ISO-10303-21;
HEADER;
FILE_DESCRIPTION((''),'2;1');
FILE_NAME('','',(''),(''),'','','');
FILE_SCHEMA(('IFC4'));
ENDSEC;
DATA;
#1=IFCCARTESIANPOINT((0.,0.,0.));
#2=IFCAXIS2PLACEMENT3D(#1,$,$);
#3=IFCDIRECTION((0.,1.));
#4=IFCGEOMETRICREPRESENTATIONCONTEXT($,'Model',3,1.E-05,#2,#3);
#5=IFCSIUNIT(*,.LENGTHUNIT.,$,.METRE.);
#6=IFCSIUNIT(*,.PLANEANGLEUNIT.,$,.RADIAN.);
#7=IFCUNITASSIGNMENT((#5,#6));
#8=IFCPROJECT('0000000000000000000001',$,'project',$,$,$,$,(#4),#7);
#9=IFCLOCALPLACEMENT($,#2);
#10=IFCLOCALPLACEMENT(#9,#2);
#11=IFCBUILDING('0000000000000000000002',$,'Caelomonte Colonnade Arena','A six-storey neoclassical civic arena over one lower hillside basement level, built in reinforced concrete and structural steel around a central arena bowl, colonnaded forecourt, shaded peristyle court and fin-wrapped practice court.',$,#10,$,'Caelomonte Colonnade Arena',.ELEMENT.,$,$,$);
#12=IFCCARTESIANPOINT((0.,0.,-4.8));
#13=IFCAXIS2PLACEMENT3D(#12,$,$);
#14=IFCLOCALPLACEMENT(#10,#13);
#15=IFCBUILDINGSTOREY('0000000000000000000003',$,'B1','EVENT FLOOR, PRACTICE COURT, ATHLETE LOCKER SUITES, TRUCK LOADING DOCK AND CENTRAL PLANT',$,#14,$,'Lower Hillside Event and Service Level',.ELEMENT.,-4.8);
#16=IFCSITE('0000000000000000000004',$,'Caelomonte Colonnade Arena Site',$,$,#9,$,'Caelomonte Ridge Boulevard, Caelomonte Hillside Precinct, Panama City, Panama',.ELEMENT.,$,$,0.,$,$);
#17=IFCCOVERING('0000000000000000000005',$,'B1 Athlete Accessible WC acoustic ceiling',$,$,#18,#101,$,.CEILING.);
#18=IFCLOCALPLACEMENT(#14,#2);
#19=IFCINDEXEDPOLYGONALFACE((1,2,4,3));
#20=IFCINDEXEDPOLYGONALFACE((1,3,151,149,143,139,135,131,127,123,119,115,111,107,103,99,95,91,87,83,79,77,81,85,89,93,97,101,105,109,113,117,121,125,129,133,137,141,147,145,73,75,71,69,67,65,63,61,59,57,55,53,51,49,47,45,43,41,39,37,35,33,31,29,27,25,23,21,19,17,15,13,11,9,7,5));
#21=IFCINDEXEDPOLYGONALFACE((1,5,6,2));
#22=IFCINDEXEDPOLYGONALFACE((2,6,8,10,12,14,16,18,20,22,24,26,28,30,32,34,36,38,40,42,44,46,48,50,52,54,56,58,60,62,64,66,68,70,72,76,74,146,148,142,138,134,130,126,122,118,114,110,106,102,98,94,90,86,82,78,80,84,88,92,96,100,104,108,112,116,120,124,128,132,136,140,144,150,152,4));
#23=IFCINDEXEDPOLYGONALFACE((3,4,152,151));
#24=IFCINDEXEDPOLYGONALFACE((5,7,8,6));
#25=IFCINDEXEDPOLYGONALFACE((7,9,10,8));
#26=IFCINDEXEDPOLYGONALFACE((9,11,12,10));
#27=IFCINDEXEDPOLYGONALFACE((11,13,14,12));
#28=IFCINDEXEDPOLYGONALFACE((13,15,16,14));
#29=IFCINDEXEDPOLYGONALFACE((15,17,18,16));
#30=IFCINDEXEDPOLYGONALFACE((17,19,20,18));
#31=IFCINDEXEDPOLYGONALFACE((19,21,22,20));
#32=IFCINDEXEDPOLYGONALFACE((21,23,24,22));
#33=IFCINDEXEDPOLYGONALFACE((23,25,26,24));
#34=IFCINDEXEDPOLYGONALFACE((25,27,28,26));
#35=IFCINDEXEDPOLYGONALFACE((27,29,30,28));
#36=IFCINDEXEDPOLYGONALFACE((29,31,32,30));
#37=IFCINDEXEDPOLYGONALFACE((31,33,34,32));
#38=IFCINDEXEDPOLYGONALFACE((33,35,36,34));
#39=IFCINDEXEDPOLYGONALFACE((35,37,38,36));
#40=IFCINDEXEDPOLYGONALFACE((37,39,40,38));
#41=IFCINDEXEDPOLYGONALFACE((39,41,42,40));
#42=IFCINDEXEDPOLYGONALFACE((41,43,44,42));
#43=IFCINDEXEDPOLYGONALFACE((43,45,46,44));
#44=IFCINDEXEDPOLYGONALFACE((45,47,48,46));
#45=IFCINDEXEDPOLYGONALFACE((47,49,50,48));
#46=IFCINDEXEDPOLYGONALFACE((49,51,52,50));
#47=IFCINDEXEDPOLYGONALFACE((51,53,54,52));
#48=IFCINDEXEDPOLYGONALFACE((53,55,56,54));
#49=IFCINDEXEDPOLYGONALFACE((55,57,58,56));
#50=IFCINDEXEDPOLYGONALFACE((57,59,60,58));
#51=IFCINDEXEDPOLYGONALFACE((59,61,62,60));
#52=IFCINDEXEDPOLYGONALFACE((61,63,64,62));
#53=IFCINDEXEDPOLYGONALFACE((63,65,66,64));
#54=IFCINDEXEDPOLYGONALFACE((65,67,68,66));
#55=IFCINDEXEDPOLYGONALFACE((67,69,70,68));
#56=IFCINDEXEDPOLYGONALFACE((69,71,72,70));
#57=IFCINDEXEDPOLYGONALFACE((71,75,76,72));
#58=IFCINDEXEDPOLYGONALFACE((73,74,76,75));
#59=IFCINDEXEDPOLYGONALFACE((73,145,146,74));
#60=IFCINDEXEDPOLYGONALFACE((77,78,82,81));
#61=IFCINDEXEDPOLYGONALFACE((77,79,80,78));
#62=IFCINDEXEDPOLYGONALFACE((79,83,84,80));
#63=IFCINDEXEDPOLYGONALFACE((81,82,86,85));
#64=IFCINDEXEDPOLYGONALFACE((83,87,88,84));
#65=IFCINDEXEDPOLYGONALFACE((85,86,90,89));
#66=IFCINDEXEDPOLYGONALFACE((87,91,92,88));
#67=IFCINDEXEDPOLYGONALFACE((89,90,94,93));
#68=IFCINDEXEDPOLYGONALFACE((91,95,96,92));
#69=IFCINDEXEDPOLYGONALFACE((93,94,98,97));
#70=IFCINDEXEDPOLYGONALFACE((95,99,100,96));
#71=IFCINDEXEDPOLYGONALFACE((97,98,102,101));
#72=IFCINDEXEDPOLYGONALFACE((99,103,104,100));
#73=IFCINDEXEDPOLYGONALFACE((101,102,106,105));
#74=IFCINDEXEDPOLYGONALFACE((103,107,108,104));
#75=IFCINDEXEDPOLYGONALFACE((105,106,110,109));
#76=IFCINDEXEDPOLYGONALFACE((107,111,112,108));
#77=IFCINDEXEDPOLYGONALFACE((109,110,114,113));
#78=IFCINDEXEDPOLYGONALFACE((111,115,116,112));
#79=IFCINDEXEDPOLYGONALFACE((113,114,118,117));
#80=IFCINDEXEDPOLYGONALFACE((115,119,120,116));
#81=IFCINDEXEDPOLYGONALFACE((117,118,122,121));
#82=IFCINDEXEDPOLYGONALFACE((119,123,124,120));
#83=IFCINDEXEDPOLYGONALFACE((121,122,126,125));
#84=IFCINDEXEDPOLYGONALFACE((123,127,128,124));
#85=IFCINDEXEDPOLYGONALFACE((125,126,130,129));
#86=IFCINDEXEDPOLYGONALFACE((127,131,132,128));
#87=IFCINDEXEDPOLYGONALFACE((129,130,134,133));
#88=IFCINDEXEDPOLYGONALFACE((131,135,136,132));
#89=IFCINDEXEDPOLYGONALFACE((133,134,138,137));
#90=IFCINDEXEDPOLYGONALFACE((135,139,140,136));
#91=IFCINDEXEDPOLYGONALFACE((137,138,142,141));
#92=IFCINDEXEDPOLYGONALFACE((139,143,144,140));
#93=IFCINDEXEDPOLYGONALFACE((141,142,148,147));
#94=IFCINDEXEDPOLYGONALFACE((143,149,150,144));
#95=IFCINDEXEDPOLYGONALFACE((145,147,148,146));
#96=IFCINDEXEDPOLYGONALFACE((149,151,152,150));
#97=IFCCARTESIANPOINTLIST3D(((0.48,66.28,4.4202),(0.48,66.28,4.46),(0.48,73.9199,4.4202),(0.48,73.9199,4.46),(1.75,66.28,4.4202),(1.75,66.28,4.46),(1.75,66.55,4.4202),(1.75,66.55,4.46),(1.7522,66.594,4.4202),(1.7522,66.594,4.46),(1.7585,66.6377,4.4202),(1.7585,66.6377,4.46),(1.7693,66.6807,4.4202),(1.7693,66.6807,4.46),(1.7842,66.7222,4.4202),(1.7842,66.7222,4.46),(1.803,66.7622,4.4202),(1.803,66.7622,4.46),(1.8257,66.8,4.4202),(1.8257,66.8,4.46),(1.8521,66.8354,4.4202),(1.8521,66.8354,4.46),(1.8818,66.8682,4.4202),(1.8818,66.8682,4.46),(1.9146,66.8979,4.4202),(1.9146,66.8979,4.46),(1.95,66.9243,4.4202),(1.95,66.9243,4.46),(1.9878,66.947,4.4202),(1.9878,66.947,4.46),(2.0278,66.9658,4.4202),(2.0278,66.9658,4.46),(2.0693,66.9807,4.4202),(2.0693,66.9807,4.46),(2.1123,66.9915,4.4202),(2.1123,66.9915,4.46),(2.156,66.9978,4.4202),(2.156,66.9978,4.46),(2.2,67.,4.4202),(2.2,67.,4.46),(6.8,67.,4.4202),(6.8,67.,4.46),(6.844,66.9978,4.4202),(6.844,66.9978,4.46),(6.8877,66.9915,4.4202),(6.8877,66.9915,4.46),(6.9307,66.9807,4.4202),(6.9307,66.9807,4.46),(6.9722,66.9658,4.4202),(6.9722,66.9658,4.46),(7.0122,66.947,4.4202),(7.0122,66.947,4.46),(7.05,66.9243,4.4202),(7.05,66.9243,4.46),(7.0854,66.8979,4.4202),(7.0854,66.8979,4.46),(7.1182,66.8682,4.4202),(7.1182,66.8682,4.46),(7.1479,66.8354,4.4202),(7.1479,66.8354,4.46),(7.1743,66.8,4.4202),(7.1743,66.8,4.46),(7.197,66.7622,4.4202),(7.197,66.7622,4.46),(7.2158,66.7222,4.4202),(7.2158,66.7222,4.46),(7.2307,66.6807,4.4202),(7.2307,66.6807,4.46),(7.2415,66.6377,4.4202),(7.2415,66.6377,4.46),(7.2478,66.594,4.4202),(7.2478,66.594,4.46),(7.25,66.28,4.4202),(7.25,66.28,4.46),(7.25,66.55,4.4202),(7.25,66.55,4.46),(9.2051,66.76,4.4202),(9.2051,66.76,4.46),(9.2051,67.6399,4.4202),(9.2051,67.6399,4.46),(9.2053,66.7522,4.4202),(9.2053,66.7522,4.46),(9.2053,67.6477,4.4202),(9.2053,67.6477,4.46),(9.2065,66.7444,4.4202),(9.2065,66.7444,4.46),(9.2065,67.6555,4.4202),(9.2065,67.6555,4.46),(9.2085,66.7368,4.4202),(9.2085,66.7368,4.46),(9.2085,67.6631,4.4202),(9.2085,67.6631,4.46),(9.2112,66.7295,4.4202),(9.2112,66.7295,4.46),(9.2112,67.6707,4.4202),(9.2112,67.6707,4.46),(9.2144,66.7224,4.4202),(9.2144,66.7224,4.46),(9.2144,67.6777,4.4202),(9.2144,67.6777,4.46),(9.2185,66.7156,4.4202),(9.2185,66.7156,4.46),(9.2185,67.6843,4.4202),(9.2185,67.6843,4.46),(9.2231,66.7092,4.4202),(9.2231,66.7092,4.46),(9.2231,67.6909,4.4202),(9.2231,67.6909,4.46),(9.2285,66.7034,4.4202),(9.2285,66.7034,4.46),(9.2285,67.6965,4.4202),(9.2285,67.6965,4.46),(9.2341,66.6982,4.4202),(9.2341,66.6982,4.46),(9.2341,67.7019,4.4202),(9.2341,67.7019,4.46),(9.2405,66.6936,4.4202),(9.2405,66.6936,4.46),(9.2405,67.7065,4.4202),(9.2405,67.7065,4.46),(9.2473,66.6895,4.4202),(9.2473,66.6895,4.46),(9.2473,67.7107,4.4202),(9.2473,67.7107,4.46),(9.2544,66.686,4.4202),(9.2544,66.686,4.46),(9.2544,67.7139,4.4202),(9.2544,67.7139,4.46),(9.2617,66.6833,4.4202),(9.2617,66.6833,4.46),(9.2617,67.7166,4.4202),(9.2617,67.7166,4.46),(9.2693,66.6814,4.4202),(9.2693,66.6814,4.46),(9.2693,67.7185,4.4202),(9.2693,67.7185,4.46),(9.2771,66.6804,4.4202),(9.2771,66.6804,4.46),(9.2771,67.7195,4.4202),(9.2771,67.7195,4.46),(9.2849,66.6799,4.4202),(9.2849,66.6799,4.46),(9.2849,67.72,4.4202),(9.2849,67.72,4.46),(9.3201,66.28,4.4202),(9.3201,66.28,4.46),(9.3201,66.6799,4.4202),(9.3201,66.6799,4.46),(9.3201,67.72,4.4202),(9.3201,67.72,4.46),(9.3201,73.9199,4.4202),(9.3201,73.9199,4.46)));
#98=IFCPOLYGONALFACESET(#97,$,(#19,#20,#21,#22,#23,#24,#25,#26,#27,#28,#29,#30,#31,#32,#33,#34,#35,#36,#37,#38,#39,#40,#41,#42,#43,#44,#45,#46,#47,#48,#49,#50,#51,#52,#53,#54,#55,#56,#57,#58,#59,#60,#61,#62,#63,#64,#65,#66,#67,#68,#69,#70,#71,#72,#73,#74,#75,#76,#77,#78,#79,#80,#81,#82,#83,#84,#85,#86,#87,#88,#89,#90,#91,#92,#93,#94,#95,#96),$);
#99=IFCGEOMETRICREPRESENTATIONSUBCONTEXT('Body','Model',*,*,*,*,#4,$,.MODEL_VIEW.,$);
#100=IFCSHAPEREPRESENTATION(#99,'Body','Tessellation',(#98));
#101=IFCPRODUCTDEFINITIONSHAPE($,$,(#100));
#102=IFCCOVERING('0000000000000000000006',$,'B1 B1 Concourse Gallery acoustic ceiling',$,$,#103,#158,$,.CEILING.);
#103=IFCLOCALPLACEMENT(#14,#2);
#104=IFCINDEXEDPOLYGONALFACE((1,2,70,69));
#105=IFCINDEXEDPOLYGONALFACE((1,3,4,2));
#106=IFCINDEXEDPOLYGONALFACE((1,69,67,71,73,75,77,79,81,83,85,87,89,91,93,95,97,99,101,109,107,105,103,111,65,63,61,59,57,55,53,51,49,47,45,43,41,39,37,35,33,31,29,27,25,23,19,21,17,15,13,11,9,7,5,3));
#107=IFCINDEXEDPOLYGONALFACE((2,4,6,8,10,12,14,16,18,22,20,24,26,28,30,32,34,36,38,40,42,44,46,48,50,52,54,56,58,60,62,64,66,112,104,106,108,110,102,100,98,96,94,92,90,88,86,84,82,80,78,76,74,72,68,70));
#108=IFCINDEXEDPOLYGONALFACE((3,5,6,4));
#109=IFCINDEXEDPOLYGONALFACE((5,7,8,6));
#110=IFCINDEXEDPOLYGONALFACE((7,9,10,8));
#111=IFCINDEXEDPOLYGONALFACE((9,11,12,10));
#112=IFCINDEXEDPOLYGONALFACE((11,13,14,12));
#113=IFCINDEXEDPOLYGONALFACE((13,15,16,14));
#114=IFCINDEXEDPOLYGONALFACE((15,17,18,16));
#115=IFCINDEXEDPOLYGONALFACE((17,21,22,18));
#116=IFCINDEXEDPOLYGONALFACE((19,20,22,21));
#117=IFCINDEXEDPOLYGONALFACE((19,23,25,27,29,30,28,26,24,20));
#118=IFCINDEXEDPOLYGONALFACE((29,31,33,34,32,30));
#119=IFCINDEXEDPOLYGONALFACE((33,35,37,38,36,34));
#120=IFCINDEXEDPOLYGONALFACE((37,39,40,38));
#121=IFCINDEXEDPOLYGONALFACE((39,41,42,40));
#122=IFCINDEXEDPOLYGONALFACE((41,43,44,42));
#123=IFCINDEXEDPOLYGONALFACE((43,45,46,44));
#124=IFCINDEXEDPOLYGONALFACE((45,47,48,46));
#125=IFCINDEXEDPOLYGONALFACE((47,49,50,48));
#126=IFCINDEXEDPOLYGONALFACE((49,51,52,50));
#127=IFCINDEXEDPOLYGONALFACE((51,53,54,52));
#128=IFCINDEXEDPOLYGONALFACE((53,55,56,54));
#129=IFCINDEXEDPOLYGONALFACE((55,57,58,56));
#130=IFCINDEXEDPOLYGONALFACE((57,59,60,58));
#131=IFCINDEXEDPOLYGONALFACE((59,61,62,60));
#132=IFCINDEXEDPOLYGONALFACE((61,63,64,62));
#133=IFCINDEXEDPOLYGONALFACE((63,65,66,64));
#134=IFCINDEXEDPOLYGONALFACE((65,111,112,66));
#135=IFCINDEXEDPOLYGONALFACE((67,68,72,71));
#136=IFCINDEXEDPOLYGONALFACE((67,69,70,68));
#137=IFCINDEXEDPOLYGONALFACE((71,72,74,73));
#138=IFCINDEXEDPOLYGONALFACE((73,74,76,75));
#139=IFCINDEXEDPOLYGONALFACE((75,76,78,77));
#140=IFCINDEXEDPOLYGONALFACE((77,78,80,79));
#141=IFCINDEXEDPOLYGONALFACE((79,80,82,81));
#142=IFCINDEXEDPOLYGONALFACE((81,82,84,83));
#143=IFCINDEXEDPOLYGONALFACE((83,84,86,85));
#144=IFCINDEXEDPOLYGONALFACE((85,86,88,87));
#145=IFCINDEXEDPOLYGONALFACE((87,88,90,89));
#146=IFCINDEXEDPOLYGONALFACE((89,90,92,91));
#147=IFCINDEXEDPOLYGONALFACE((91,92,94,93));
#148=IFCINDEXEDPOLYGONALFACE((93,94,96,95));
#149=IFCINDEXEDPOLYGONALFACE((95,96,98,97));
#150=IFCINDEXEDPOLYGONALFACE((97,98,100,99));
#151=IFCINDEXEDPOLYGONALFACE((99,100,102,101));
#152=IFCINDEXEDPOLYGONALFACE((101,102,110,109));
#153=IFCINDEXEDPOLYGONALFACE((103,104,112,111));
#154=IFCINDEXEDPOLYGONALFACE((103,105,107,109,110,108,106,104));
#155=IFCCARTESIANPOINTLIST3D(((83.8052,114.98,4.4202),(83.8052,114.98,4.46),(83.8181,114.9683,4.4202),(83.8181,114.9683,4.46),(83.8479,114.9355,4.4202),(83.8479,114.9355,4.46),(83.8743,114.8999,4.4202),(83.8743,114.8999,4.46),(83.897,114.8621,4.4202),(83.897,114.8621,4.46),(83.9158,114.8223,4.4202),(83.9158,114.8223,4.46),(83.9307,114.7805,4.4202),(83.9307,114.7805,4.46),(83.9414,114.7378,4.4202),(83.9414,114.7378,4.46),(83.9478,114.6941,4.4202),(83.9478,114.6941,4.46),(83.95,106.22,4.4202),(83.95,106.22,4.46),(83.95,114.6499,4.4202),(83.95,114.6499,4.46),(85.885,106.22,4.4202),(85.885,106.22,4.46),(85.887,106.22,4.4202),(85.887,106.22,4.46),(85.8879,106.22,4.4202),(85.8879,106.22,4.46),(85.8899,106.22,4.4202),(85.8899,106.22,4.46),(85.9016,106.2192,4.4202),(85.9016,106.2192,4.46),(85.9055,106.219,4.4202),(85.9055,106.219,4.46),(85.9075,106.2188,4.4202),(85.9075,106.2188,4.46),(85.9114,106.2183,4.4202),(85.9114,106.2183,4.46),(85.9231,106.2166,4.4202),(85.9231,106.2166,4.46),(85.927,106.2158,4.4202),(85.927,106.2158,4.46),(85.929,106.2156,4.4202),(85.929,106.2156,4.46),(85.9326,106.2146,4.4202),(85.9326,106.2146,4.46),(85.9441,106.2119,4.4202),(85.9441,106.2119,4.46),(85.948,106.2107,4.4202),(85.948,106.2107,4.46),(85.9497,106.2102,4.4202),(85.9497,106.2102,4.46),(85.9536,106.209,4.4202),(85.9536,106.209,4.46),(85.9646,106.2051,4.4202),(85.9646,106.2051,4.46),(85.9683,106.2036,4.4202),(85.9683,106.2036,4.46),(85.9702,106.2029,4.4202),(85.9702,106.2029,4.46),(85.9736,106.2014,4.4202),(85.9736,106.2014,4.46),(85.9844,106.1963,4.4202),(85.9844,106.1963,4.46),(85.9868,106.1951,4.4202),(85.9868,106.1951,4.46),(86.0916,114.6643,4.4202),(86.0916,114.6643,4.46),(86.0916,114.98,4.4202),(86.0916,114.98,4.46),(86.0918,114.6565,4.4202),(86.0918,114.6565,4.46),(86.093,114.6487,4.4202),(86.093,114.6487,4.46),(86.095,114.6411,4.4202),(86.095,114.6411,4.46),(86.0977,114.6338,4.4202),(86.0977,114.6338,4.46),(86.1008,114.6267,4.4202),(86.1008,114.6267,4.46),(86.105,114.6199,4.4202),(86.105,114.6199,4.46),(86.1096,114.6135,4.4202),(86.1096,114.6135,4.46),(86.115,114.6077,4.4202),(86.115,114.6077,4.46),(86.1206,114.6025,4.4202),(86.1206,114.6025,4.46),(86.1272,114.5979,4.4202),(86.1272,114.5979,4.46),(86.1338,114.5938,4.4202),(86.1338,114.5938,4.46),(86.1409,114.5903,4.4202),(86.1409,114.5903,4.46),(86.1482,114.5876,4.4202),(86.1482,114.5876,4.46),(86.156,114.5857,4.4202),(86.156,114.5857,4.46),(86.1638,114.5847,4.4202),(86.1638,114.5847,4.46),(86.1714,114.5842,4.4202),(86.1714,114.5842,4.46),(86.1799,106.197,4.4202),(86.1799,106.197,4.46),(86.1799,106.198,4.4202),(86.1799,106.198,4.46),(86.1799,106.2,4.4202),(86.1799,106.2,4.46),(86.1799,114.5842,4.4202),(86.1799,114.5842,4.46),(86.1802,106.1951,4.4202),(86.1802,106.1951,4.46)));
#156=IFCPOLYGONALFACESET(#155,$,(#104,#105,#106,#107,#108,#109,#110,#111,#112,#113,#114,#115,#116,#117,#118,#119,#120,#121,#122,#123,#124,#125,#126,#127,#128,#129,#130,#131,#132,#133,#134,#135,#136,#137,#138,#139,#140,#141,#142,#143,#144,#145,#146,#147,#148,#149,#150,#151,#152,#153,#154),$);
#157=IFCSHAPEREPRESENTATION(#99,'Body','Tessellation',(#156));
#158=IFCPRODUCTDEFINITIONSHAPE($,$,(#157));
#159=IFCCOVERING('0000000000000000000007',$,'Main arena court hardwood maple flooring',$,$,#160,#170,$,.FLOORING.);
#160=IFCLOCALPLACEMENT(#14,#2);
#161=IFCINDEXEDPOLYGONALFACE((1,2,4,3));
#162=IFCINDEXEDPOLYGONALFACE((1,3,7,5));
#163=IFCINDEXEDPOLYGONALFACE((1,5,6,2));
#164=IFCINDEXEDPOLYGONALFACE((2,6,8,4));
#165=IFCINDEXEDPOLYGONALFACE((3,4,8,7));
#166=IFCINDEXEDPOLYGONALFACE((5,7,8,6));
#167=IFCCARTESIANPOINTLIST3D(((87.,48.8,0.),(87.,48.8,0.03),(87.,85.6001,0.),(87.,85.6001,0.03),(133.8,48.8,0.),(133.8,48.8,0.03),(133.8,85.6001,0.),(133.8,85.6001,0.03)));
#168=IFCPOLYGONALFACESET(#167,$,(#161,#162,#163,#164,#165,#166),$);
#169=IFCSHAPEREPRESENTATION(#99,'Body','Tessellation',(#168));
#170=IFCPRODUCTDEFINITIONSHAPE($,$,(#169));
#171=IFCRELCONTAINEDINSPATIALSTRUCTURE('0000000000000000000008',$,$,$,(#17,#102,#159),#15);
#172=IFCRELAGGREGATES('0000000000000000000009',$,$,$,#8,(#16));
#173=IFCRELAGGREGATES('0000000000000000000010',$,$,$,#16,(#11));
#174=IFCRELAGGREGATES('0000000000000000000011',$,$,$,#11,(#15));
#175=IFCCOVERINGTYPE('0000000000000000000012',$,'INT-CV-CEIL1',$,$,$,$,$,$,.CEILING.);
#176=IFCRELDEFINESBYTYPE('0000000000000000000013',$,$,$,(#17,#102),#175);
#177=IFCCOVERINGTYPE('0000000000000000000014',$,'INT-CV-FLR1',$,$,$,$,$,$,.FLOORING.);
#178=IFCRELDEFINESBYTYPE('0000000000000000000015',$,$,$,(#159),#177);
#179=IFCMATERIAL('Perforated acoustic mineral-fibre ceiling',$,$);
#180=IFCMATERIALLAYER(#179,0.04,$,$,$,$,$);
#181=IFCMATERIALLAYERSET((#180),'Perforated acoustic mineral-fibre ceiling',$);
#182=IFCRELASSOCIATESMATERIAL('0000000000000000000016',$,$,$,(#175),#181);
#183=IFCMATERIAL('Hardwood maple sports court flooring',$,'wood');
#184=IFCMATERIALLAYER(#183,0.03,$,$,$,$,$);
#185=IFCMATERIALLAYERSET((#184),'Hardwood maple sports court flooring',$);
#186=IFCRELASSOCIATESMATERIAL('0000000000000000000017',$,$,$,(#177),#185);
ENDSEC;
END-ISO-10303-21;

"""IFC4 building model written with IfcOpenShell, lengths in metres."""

from ifc_helpers import new_model, si_unit, direction, frame, origin, place, context, subcontext, project, spatial, polyline, outline, extrude, material, layer, layer_set, type_object, element, save


model = new_model("IFC4")

# Units and contexts
model_context = context("Model", 3, precision=1e-05, world=origin(), true_north=direction((0.0, 1.0)))
body_context = subcontext(model_context, "Body", "Model", "MODEL_VIEW")
ifc_project = project(units=[si_unit("LENGTHUNIT", "METRE"), si_unit("PLANEANGLEUNIT", "RADIAN")], contexts=[model_context])

# Site, building, storey
site_placement = place(None, origin())
site = spatial("IfcSite", under=ifc_project, at=site_placement, Name="Caelomonte Colonnade Arena Site", LongName="Caelomonte Ridge Boulevard, Caelomonte Hillside Precinct, Panama City, Panama", CompositionType="ELEMENT", RefElevation=0.0)
building_placement = place(site_placement, origin())
building = spatial("IfcBuilding", under=site, at=building_placement, Name="Caelomonte Colonnade Arena", Description="A six-storey neoclassical civic arena over one lower hillside basement level, built in reinforced concrete and structural steel around a central arena bowl, colonnaded forecourt, shaded peristyle court and fin-wrapped practice court.", LongName="Caelomonte Colonnade Arena", CompositionType="ELEMENT")
storey_placement = place(building_placement, frame((0.0, 0.0, -4.8)))
storey = spatial("IfcBuildingStorey", under=building, at=storey_placement, Name="B1", Description="EVENT FLOOR, PRACTICE COURT, ATHLETE LOCKER SUITES, TRUCK LOADING DOCK AND CENTRAL PLANT", LongName="Lower Hillside Event and Service Level", CompositionType="ELEMENT", Elevation=-4.8)

# Coverings
ifc_material_1 = material(Name="Perforated acoustic mineral-fibre ceiling")
ifc_layer_1 = layer(ifc_material_1, 0.04)
ifc_layer_set_1 = layer_set([ifc_layer_1], Name="Perforated acoustic mineral-fibre ceiling")
covering_type_1 = type_object("IfcCoveringType", Name="INT-CV-CEIL1", PredefinedType="CEILING", material=ifc_layer_set_1)
covering_1_placement = place(storey_placement, frame((0.0, 0.0, 4.4202)))
element("IfcCovering", 1, at=covering_1_placement, inside=storey, type_object=covering_type_1, Name="B1 Athlete Accessible WC acoustic ceiling", PredefinedType="CEILING", context=body_context, shape_type="SweptSolid", body=[
    extrude(outline(polyline([(0.48, 66.28), (1.75, 66.28), (1.75, 66.55), (1.7522, 66.594), (1.7585, 66.6377), (1.7693, 66.6807), (1.7842, 66.7222), (1.803, 66.7622), (1.8257, 66.8), (1.8521, 66.8354), (1.8818, 66.8682), (1.9146, 66.8979), (1.95, 66.9243), (1.9878, 66.947), (2.0278, 66.9658), (2.0693, 66.9807), (2.1123, 66.9915), (2.156, 66.9978), (2.2, 67.0), (6.8, 67.0), (6.844, 66.9978), (6.8877, 66.9915), (6.9307, 66.9807), (6.9722, 66.9658), (7.0122, 66.947), (7.05, 66.9243), (7.0854, 66.8979), (7.1182, 66.8682), (7.1479, 66.8354), (7.1743, 66.8), (7.197, 66.7622), (7.2158, 66.7222), (7.2307, 66.6807), (7.2415, 66.6377), (7.2478, 66.594), (7.25, 66.55), (7.25, 66.28), (9.3201, 66.28), (9.3201, 66.6799), (9.2849, 66.6799), (9.2771, 66.6804), (9.2693, 66.6814), (9.2617, 66.6833), (9.2544, 66.686), (9.2473, 66.6895), (9.2405, 66.6936), (9.2341, 66.6982), (9.2285, 66.7034), (9.2231, 66.7092), (9.2185, 66.7156), (9.2144, 66.7224), (9.2112, 66.7295), (9.2085, 66.7368), (9.2065, 66.7444), (9.2053, 66.7522), (9.2051, 66.76), (9.2051, 67.6399), (9.2053, 67.6477), (9.2065, 67.6555), (9.2085, 67.6631), (9.2112, 67.6707), (9.2144, 67.6777), (9.2185, 67.6843), (9.2231, 67.6909), (9.2285, 67.6965), (9.2341, 67.7019), (9.2405, 67.7065), (9.2473, 67.7107), (9.2544, 67.7139), (9.2617, 67.7166), (9.2693, 67.7185), (9.2771, 67.7195), (9.2849, 67.72), (9.3201, 67.72), (9.3201, 73.9199), (0.48, 73.9199), (0.48, 66.28)])), origin(), (0.0, 0.0, 1.0), 0.0398),
])
covering_2_placement = place(storey_placement, frame((0.0, 0.0, 4.4202)))
element("IfcCovering", 2, at=covering_2_placement, inside=storey, type_object=covering_type_1, Name="B1 B1 Concourse Gallery acoustic ceiling", PredefinedType="CEILING", context=body_context, shape_type="SweptSolid", body=[
    extrude(outline(polyline([(86.0916, 114.98), (83.8052, 114.98), (83.8181, 114.9683), (83.8479, 114.9355), (83.8743, 114.8999), (83.897, 114.8621), (83.9158, 114.8223), (83.9307, 114.7805), (83.9414, 114.7378), (83.9478, 114.6941), (83.95, 114.6499), (83.95, 106.22), (85.885, 106.22), (85.887, 106.22), (85.8879, 106.22), (85.8899, 106.22), (85.9016, 106.2192), (85.9055, 106.219), (85.9075, 106.2188), (85.9114, 106.2183), (85.9231, 106.2166), (85.927, 106.2158), (85.929, 106.2156), (85.9326, 106.2146), (85.9441, 106.2119), (85.948, 106.2107), (85.9497, 106.2102), (85.9536, 106.209), (85.9646, 106.2051), (85.9683, 106.2036), (85.9702, 106.2029), (85.9736, 106.2014), (85.9844, 106.1963), (85.9868, 106.1951), (86.1802, 106.1951), (86.1802, 106.1951), (86.1799, 106.197), (86.1799, 106.198), (86.1799, 106.2), (86.1799, 114.5842), (86.1714, 114.5842), (86.1638, 114.5847), (86.156, 114.5857), (86.1482, 114.5876), (86.1409, 114.5903), (86.1338, 114.5938), (86.1272, 114.5979), (86.1206, 114.6025), (86.115, 114.6077), (86.1096, 114.6135), (86.105, 114.6199), (86.1008, 114.6267), (86.0977, 114.6338), (86.095, 114.6411), (86.093, 114.6487), (86.0918, 114.6565), (86.0916, 114.6643), (86.0916, 114.98)])), origin(), (0.0, 0.0, 1.0), 0.0398),
])
ifc_material_2 = material(Name="Hardwood maple sports court flooring", Category="wood")
ifc_layer_2 = layer(ifc_material_2, 0.03)
ifc_layer_set_2 = layer_set([ifc_layer_2], Name="Hardwood maple sports court flooring")
covering_type_2 = type_object("IfcCoveringType", Name="INT-CV-FLR1", PredefinedType="FLOORING", material=ifc_layer_set_2)
covering_3_placement = place(storey_placement, origin())
element("IfcCovering", 3, at=covering_3_placement, inside=storey, type_object=covering_type_2, Name="Main arena court hardwood maple flooring", PredefinedType="FLOORING", context=body_context, shape_type="SweptSolid", body=[
    extrude(outline(polyline([(87.0, 48.8), (133.8, 48.8), (133.8, 85.6001), (87.0, 85.6001), (87.0, 48.8)])), origin(), (0.0, 0.0, 1.0), 0.03),
])

save(model, "model.ifc")
